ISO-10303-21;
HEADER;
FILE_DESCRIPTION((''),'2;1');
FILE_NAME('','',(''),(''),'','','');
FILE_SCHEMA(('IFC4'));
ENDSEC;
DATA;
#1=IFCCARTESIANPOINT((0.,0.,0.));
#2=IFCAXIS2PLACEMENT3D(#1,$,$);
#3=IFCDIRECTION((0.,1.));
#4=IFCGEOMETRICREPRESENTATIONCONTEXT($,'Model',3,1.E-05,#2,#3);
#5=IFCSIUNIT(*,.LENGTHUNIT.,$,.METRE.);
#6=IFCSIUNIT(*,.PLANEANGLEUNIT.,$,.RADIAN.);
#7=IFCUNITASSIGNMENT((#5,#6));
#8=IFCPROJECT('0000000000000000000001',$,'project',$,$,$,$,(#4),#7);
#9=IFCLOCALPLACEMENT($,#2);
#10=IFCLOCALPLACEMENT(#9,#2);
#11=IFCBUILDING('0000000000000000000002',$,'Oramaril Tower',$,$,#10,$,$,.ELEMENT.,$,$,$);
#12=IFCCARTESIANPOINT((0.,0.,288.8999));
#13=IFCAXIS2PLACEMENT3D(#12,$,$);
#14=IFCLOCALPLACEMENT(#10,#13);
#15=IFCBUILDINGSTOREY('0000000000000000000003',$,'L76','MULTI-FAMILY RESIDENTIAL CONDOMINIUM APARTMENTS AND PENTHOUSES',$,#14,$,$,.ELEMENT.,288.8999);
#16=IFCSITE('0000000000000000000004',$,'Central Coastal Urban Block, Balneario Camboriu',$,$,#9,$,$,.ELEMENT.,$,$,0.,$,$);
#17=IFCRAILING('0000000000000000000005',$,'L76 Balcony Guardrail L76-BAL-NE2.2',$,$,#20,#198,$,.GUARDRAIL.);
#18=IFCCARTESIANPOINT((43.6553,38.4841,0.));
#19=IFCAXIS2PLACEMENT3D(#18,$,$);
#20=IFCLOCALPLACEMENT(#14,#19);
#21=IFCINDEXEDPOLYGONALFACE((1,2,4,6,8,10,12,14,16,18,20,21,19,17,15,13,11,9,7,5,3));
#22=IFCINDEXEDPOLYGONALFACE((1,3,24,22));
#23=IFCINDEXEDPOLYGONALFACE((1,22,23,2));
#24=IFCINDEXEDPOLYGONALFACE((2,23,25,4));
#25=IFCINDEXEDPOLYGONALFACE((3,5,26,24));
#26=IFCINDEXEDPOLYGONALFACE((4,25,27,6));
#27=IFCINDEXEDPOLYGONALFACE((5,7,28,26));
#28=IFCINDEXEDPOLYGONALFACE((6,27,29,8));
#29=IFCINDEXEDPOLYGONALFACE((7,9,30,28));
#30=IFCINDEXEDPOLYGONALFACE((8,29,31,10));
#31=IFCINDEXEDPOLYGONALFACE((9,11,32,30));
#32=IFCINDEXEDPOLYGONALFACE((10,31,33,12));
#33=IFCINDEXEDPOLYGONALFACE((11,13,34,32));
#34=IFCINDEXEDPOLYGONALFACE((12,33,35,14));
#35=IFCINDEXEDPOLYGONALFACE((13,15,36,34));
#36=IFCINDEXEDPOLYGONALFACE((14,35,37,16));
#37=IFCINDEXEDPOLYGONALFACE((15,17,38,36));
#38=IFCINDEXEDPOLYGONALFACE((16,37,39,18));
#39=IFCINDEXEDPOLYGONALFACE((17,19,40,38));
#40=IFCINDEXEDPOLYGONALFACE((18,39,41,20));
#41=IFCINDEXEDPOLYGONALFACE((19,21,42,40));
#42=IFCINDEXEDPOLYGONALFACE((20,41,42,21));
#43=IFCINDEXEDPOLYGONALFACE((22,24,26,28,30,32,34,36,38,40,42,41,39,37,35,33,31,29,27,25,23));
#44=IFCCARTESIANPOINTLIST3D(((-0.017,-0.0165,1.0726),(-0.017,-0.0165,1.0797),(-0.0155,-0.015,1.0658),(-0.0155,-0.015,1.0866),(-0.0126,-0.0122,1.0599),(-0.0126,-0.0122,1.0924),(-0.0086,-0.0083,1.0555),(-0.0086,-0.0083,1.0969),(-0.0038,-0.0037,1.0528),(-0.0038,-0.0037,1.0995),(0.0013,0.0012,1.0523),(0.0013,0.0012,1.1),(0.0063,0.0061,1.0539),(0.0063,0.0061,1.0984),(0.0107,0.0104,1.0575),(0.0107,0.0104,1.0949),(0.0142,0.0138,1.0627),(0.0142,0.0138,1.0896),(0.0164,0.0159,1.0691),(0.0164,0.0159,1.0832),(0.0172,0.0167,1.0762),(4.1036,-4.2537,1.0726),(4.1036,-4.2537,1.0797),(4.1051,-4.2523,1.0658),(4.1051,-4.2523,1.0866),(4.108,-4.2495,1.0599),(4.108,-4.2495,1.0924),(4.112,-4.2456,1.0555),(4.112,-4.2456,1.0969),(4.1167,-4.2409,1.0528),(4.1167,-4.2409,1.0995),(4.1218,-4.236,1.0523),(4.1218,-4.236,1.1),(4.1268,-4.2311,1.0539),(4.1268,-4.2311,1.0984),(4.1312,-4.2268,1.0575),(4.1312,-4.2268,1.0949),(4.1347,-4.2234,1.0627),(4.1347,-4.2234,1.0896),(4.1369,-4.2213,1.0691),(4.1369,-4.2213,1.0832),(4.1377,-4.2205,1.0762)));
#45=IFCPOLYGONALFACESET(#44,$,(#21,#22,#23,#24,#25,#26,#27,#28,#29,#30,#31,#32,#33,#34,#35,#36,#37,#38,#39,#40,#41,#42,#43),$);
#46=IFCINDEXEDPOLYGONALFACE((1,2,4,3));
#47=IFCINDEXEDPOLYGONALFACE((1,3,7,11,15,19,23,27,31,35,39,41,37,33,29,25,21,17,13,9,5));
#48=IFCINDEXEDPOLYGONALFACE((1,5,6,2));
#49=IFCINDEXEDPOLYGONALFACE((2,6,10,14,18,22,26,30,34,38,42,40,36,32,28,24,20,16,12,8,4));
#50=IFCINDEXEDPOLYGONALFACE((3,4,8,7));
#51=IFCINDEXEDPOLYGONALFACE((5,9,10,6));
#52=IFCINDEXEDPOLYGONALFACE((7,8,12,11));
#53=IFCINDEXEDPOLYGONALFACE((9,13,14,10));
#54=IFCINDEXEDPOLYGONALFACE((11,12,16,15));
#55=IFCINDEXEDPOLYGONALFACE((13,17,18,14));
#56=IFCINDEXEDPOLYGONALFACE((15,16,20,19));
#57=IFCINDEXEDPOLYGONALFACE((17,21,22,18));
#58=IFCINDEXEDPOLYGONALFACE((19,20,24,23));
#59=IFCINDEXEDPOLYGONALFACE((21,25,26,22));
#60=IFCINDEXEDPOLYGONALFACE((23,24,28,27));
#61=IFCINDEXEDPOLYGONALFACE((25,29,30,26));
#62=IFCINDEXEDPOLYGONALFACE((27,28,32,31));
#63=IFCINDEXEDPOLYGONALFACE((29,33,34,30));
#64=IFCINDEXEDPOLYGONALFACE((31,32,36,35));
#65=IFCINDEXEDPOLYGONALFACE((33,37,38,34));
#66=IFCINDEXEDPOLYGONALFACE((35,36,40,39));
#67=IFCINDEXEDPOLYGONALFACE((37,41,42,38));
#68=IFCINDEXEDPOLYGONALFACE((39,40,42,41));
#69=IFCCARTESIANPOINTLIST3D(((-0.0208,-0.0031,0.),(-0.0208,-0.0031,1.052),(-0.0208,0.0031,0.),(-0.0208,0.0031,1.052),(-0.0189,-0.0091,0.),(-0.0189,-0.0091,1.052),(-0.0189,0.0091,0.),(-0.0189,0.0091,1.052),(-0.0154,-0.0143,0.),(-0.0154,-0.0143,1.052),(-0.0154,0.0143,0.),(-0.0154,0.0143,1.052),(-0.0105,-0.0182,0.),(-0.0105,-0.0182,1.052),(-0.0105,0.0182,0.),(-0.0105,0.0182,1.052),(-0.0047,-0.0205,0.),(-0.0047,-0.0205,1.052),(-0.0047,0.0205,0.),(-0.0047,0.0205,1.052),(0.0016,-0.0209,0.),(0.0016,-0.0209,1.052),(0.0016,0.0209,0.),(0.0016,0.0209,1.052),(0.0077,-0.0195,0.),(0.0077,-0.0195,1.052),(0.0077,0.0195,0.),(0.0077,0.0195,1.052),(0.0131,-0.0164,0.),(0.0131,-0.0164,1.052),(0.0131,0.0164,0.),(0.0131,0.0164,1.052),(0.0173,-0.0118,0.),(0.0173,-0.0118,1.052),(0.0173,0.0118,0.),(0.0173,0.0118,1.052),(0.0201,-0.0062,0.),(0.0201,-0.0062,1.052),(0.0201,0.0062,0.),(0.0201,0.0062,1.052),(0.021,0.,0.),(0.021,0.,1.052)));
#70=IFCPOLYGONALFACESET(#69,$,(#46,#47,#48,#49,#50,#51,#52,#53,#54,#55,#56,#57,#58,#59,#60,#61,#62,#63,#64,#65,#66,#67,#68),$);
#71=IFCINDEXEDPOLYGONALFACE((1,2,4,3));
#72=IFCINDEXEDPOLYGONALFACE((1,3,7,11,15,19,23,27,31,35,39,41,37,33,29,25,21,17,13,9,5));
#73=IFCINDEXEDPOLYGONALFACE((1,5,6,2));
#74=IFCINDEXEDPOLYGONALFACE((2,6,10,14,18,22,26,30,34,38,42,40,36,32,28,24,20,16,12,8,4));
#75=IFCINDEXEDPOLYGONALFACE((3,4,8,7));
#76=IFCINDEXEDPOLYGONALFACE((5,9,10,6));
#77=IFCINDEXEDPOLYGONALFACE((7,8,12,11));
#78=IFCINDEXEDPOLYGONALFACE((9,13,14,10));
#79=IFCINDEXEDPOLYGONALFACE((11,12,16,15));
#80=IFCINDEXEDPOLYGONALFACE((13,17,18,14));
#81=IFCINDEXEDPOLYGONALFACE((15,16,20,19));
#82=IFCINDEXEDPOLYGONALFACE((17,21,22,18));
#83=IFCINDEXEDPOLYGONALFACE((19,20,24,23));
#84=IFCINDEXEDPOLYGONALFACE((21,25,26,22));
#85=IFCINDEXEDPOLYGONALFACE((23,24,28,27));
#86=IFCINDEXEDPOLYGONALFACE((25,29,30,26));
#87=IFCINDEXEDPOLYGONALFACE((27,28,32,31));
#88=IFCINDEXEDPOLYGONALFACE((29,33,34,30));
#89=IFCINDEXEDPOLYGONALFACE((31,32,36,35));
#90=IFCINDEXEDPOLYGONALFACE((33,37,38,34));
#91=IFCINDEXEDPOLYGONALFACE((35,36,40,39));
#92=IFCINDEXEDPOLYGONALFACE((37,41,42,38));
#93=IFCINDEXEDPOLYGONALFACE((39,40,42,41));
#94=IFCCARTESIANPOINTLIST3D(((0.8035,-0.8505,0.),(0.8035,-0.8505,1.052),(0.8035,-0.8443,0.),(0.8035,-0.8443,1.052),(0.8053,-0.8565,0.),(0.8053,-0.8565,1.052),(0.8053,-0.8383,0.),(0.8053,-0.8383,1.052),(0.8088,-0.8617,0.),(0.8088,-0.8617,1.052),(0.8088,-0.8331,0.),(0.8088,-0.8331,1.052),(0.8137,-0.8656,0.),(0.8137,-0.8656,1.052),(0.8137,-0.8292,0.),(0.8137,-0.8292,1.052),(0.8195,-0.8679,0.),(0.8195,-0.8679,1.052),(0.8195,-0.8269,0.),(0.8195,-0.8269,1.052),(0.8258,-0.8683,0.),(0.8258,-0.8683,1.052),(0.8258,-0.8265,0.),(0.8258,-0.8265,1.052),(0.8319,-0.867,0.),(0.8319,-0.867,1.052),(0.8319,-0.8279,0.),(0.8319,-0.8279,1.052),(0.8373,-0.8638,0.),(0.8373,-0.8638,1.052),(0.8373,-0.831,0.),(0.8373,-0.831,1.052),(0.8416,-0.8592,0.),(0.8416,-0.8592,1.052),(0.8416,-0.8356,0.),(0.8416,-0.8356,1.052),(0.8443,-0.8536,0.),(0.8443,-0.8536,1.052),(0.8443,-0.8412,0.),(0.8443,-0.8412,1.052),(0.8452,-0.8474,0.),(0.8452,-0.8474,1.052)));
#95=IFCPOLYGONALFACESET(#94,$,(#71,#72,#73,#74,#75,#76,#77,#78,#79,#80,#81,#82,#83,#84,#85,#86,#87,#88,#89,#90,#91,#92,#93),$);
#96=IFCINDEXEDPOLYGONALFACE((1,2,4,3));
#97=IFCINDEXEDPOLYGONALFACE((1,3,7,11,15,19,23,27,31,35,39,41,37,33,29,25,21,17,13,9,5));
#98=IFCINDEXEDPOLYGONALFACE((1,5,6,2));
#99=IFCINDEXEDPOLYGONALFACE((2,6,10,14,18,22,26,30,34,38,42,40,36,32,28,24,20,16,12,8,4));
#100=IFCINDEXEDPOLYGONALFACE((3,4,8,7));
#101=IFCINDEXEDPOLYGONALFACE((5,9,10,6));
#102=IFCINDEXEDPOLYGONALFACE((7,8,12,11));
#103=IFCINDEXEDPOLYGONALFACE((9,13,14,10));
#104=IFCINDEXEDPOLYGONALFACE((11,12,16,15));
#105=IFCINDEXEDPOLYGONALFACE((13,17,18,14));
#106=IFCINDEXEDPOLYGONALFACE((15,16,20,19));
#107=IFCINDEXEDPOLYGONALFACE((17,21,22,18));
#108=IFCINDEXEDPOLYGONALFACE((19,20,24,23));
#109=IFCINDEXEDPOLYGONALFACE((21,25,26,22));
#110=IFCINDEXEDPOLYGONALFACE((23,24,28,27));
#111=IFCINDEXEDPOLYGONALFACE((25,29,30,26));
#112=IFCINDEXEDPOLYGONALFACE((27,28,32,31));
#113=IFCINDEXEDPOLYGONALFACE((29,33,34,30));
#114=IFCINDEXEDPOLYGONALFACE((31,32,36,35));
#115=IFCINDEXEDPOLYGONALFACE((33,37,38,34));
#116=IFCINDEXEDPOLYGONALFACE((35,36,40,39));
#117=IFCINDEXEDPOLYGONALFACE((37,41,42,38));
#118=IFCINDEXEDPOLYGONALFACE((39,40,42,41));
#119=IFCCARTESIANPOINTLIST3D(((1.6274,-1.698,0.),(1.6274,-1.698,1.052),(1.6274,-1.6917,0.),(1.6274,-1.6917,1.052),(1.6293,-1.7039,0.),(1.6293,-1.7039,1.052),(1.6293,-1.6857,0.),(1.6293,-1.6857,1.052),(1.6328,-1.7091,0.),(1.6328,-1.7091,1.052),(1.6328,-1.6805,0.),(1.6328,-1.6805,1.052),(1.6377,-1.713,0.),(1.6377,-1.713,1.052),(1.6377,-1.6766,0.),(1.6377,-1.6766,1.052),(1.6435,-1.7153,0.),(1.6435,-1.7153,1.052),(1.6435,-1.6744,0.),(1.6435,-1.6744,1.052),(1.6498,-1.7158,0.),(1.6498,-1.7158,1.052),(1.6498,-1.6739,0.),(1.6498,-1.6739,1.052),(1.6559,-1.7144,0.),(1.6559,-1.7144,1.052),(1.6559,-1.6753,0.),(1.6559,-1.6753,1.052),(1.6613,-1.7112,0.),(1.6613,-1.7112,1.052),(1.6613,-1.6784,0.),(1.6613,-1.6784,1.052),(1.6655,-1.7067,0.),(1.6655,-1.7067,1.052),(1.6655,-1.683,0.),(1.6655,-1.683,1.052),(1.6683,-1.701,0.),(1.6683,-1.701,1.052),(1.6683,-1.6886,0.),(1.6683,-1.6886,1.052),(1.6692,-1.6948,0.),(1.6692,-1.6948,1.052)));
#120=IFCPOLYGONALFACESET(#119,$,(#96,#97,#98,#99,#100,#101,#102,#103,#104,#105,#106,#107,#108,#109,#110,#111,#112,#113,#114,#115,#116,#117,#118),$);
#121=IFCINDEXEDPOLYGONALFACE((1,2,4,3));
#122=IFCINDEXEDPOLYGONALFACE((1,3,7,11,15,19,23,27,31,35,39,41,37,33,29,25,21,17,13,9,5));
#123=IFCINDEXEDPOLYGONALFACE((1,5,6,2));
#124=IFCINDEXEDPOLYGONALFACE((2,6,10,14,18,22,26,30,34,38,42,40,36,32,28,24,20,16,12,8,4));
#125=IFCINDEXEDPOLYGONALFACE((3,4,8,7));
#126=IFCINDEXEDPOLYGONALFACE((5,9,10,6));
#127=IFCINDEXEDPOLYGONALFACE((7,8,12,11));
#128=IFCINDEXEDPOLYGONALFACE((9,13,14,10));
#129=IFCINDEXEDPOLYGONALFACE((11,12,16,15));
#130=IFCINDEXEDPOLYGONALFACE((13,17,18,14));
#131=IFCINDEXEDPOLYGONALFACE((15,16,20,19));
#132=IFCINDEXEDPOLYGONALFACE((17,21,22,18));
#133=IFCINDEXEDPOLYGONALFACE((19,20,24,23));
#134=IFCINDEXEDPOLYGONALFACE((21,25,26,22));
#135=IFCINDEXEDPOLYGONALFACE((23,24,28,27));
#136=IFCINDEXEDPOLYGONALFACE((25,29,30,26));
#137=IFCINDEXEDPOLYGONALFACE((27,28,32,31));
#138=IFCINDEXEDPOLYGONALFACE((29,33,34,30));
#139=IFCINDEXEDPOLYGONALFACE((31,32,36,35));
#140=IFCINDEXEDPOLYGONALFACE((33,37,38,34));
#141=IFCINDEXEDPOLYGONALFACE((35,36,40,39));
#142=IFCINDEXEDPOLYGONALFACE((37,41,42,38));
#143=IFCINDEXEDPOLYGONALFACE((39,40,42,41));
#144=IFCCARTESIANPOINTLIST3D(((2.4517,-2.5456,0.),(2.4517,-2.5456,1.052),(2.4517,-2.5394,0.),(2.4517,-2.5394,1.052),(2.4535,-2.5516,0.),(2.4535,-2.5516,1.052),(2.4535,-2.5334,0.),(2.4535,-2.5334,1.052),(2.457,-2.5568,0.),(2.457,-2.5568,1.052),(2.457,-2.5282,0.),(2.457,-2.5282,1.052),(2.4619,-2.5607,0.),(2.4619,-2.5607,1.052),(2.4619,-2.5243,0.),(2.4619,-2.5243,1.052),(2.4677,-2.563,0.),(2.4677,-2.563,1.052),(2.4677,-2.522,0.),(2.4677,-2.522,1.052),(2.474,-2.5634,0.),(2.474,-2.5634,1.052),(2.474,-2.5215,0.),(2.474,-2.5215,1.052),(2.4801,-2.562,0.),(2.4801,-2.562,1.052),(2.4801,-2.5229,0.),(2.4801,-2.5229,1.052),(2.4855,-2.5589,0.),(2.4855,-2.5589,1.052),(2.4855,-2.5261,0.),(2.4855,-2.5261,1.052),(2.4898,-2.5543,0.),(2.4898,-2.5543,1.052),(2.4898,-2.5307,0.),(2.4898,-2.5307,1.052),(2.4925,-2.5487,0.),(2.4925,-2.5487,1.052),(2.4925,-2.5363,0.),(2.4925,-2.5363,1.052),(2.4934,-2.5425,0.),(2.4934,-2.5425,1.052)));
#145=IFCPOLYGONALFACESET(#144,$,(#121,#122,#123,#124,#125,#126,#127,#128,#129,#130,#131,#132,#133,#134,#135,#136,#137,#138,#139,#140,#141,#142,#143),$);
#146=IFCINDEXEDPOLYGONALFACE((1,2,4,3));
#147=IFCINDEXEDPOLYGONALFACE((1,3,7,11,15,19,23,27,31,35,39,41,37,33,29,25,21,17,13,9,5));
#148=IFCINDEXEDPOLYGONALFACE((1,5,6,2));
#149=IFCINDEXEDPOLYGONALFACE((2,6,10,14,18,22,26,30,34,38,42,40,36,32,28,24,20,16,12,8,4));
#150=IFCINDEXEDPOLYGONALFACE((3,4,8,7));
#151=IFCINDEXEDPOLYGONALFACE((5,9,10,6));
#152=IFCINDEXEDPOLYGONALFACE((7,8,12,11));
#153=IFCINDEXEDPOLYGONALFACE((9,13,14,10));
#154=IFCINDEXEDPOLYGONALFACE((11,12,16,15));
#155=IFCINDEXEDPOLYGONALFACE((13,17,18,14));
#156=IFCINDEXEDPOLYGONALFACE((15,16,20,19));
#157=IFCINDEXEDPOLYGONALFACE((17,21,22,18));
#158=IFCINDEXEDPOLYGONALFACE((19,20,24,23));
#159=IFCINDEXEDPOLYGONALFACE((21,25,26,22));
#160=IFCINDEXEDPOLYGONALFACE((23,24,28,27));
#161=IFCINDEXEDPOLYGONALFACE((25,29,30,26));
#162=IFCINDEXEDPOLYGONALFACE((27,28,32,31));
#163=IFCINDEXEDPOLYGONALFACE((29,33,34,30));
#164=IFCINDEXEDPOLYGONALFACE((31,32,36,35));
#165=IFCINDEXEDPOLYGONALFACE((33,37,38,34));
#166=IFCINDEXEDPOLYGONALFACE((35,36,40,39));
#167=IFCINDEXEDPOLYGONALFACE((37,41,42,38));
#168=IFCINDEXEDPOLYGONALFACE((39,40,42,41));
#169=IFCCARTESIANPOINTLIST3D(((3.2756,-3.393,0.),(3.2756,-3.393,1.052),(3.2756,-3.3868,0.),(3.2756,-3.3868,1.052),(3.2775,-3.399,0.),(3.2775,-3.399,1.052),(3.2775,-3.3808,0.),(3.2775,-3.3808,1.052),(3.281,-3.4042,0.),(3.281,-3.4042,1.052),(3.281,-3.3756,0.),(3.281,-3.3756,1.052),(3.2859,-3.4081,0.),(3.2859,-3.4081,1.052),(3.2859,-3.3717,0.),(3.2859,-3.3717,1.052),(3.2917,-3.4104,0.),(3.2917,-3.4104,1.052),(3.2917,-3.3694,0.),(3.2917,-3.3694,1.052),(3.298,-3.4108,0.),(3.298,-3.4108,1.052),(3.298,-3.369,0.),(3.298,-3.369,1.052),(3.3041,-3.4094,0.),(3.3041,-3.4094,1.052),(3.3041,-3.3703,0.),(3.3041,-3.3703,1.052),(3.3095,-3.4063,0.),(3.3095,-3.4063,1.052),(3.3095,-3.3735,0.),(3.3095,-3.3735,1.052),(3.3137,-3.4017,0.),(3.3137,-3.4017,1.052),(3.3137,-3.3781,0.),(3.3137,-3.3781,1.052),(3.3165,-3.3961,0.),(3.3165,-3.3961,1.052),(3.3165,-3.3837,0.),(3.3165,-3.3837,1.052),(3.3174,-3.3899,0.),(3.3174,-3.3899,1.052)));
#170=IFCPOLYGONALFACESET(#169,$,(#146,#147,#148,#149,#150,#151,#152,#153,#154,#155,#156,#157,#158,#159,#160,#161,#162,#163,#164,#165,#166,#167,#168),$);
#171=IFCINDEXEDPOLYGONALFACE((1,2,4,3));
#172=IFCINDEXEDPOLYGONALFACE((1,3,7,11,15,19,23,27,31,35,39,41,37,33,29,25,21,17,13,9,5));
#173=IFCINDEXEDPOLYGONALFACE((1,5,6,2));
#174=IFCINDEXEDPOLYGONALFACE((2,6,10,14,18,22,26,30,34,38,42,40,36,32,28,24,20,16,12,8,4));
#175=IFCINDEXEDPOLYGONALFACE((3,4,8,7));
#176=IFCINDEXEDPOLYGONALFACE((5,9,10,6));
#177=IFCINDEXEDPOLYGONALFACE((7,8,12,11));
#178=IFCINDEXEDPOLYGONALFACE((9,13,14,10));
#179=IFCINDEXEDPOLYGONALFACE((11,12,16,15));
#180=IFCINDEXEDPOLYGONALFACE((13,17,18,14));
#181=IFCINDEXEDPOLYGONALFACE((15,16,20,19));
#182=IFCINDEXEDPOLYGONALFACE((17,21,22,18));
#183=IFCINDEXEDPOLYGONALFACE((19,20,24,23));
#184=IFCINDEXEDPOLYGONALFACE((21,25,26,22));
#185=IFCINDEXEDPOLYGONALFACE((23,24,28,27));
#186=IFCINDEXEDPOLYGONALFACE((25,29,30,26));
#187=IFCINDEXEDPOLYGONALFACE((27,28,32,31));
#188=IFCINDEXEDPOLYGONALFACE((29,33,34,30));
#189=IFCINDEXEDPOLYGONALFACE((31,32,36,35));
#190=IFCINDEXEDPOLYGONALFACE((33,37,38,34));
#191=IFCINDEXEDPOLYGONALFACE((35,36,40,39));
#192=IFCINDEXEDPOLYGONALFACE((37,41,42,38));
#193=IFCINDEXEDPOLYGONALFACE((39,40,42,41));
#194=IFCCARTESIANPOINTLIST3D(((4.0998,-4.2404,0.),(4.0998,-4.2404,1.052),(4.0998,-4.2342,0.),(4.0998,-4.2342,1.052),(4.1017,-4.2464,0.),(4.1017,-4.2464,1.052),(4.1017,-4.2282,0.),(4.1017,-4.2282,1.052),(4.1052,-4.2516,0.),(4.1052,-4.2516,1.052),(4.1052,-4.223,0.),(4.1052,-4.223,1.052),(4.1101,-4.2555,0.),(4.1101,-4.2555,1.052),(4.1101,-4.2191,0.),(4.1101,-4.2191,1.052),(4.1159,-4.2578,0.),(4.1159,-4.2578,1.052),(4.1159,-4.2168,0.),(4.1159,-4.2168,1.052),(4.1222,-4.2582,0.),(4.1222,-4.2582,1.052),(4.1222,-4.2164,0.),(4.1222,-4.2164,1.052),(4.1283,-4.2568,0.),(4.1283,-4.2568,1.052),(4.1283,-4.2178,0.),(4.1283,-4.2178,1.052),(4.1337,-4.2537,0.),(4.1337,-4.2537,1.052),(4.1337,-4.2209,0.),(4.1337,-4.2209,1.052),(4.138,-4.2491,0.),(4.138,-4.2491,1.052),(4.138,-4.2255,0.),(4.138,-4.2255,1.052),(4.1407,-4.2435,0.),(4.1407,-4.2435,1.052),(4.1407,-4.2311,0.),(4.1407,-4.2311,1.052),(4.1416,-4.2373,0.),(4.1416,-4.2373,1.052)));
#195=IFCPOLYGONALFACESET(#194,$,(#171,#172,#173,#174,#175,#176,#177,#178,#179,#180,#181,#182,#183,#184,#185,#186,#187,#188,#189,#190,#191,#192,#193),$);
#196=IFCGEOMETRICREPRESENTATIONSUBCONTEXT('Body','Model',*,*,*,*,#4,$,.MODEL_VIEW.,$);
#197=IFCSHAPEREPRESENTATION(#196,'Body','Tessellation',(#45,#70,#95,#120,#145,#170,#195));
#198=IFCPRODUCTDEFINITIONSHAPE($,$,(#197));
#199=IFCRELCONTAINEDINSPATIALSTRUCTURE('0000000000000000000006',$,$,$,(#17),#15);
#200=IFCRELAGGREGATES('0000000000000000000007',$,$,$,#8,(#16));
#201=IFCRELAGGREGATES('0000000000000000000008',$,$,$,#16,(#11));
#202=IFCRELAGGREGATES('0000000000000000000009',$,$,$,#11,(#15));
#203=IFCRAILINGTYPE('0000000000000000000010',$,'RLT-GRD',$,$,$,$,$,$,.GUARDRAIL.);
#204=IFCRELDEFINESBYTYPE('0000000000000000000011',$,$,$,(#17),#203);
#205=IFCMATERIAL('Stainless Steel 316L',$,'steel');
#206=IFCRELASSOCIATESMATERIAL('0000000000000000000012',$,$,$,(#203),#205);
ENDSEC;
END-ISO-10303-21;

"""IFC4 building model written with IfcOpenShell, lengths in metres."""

from ifc_helpers import new_model, si_unit, direction, frame, origin, origin_2d, place, context, subcontext, project, spatial, circle, extrude, material, type_object, element, save


model = new_model("IFC4")

# Units and contexts
model_context = context("Model", 3, precision=1e-05, world=origin(), true_north=direction((0.0, 1.0)))
body_context = subcontext(model_context, "Body", "Model", "MODEL_VIEW")
ifc_project = project(units=[si_unit("LENGTHUNIT", "METRE"), si_unit("PLANEANGLEUNIT", "RADIAN")], contexts=[model_context])

# Site, building, storey
site_placement = place(None, origin())
site = spatial("IfcSite", under=ifc_project, at=site_placement, Name="Central Coastal Urban Block, Balneario Camboriu", CompositionType="ELEMENT", RefElevation=0.0)
building_placement = place(site_placement, origin())
building = spatial("IfcBuilding", under=site, at=building_placement, Name="Oramaril Tower", CompositionType="ELEMENT")
storey_placement = place(building_placement, frame((0.0, 0.0, 288.8999)))
storey = spatial("IfcBuildingStorey", under=building, at=storey_placement, Name="L76", Description="MULTI-FAMILY RESIDENTIAL CONDOMINIUM APARTMENTS AND PENTHOUSES", CompositionType="ELEMENT", Elevation=288.8999)

# Railing
ifc_material_1 = material(Name="Stainless Steel 316L", Category="steel")
railing_type = type_object("IfcRailingType", Name="RLT-GRD", PredefinedType="GUARDRAIL", material=ifc_material_1)
railing_1_placement = place(storey_placement, frame((43.6553, 38.4841, 0.0)))
element("IfcRailing", 1, at=railing_1_placement, inside=storey, type_object=railing_type, Name="L76 Balcony Guardrail L76-BAL-NE2.2", PredefinedType="GUARDRAIL", context=body_context, shape_type="SweptSolid", body=[
    extrude(circle(Radius=0.0239, at=origin_2d()), frame((0.0, 0.0, 1.0762), z_axis=(0.697166, -0.71691, 0.0), x_axis=(0.71691, 0.697166, 0.0)), (0.0, 0.0, 1.0), 5.9104),
    extrude(circle(Radius=0.021, at=origin_2d()), origin(), (0.0, 0.0, 1.0), 1.052),
    extrude(circle(Radius=0.021, at=origin_2d()), frame((0.8242, -0.8474, 0.0)), (0.0, 0.0, 1.0), 1.052),
    extrude(circle(Radius=0.021, at=origin_2d()), frame((1.6482, -1.6948, 0.0)), (0.0, 0.0, 1.0), 1.052),
    extrude(circle(Radius=0.021, at=origin_2d()), frame((2.4724, -2.5425, 0.0)), (0.0, 0.0, 1.0), 1.052),
    extrude(circle(Radius=0.021, at=origin_2d()), frame((3.2964, -3.3899, 0.0)), (0.0, 0.0, 1.0), 1.052),
    extrude(circle(Radius=0.021, at=origin_2d()), frame((4.1206, -4.2373, 0.0)), (0.0, 0.0, 1.0), 1.052),
])

save(model, "model.ifc")
